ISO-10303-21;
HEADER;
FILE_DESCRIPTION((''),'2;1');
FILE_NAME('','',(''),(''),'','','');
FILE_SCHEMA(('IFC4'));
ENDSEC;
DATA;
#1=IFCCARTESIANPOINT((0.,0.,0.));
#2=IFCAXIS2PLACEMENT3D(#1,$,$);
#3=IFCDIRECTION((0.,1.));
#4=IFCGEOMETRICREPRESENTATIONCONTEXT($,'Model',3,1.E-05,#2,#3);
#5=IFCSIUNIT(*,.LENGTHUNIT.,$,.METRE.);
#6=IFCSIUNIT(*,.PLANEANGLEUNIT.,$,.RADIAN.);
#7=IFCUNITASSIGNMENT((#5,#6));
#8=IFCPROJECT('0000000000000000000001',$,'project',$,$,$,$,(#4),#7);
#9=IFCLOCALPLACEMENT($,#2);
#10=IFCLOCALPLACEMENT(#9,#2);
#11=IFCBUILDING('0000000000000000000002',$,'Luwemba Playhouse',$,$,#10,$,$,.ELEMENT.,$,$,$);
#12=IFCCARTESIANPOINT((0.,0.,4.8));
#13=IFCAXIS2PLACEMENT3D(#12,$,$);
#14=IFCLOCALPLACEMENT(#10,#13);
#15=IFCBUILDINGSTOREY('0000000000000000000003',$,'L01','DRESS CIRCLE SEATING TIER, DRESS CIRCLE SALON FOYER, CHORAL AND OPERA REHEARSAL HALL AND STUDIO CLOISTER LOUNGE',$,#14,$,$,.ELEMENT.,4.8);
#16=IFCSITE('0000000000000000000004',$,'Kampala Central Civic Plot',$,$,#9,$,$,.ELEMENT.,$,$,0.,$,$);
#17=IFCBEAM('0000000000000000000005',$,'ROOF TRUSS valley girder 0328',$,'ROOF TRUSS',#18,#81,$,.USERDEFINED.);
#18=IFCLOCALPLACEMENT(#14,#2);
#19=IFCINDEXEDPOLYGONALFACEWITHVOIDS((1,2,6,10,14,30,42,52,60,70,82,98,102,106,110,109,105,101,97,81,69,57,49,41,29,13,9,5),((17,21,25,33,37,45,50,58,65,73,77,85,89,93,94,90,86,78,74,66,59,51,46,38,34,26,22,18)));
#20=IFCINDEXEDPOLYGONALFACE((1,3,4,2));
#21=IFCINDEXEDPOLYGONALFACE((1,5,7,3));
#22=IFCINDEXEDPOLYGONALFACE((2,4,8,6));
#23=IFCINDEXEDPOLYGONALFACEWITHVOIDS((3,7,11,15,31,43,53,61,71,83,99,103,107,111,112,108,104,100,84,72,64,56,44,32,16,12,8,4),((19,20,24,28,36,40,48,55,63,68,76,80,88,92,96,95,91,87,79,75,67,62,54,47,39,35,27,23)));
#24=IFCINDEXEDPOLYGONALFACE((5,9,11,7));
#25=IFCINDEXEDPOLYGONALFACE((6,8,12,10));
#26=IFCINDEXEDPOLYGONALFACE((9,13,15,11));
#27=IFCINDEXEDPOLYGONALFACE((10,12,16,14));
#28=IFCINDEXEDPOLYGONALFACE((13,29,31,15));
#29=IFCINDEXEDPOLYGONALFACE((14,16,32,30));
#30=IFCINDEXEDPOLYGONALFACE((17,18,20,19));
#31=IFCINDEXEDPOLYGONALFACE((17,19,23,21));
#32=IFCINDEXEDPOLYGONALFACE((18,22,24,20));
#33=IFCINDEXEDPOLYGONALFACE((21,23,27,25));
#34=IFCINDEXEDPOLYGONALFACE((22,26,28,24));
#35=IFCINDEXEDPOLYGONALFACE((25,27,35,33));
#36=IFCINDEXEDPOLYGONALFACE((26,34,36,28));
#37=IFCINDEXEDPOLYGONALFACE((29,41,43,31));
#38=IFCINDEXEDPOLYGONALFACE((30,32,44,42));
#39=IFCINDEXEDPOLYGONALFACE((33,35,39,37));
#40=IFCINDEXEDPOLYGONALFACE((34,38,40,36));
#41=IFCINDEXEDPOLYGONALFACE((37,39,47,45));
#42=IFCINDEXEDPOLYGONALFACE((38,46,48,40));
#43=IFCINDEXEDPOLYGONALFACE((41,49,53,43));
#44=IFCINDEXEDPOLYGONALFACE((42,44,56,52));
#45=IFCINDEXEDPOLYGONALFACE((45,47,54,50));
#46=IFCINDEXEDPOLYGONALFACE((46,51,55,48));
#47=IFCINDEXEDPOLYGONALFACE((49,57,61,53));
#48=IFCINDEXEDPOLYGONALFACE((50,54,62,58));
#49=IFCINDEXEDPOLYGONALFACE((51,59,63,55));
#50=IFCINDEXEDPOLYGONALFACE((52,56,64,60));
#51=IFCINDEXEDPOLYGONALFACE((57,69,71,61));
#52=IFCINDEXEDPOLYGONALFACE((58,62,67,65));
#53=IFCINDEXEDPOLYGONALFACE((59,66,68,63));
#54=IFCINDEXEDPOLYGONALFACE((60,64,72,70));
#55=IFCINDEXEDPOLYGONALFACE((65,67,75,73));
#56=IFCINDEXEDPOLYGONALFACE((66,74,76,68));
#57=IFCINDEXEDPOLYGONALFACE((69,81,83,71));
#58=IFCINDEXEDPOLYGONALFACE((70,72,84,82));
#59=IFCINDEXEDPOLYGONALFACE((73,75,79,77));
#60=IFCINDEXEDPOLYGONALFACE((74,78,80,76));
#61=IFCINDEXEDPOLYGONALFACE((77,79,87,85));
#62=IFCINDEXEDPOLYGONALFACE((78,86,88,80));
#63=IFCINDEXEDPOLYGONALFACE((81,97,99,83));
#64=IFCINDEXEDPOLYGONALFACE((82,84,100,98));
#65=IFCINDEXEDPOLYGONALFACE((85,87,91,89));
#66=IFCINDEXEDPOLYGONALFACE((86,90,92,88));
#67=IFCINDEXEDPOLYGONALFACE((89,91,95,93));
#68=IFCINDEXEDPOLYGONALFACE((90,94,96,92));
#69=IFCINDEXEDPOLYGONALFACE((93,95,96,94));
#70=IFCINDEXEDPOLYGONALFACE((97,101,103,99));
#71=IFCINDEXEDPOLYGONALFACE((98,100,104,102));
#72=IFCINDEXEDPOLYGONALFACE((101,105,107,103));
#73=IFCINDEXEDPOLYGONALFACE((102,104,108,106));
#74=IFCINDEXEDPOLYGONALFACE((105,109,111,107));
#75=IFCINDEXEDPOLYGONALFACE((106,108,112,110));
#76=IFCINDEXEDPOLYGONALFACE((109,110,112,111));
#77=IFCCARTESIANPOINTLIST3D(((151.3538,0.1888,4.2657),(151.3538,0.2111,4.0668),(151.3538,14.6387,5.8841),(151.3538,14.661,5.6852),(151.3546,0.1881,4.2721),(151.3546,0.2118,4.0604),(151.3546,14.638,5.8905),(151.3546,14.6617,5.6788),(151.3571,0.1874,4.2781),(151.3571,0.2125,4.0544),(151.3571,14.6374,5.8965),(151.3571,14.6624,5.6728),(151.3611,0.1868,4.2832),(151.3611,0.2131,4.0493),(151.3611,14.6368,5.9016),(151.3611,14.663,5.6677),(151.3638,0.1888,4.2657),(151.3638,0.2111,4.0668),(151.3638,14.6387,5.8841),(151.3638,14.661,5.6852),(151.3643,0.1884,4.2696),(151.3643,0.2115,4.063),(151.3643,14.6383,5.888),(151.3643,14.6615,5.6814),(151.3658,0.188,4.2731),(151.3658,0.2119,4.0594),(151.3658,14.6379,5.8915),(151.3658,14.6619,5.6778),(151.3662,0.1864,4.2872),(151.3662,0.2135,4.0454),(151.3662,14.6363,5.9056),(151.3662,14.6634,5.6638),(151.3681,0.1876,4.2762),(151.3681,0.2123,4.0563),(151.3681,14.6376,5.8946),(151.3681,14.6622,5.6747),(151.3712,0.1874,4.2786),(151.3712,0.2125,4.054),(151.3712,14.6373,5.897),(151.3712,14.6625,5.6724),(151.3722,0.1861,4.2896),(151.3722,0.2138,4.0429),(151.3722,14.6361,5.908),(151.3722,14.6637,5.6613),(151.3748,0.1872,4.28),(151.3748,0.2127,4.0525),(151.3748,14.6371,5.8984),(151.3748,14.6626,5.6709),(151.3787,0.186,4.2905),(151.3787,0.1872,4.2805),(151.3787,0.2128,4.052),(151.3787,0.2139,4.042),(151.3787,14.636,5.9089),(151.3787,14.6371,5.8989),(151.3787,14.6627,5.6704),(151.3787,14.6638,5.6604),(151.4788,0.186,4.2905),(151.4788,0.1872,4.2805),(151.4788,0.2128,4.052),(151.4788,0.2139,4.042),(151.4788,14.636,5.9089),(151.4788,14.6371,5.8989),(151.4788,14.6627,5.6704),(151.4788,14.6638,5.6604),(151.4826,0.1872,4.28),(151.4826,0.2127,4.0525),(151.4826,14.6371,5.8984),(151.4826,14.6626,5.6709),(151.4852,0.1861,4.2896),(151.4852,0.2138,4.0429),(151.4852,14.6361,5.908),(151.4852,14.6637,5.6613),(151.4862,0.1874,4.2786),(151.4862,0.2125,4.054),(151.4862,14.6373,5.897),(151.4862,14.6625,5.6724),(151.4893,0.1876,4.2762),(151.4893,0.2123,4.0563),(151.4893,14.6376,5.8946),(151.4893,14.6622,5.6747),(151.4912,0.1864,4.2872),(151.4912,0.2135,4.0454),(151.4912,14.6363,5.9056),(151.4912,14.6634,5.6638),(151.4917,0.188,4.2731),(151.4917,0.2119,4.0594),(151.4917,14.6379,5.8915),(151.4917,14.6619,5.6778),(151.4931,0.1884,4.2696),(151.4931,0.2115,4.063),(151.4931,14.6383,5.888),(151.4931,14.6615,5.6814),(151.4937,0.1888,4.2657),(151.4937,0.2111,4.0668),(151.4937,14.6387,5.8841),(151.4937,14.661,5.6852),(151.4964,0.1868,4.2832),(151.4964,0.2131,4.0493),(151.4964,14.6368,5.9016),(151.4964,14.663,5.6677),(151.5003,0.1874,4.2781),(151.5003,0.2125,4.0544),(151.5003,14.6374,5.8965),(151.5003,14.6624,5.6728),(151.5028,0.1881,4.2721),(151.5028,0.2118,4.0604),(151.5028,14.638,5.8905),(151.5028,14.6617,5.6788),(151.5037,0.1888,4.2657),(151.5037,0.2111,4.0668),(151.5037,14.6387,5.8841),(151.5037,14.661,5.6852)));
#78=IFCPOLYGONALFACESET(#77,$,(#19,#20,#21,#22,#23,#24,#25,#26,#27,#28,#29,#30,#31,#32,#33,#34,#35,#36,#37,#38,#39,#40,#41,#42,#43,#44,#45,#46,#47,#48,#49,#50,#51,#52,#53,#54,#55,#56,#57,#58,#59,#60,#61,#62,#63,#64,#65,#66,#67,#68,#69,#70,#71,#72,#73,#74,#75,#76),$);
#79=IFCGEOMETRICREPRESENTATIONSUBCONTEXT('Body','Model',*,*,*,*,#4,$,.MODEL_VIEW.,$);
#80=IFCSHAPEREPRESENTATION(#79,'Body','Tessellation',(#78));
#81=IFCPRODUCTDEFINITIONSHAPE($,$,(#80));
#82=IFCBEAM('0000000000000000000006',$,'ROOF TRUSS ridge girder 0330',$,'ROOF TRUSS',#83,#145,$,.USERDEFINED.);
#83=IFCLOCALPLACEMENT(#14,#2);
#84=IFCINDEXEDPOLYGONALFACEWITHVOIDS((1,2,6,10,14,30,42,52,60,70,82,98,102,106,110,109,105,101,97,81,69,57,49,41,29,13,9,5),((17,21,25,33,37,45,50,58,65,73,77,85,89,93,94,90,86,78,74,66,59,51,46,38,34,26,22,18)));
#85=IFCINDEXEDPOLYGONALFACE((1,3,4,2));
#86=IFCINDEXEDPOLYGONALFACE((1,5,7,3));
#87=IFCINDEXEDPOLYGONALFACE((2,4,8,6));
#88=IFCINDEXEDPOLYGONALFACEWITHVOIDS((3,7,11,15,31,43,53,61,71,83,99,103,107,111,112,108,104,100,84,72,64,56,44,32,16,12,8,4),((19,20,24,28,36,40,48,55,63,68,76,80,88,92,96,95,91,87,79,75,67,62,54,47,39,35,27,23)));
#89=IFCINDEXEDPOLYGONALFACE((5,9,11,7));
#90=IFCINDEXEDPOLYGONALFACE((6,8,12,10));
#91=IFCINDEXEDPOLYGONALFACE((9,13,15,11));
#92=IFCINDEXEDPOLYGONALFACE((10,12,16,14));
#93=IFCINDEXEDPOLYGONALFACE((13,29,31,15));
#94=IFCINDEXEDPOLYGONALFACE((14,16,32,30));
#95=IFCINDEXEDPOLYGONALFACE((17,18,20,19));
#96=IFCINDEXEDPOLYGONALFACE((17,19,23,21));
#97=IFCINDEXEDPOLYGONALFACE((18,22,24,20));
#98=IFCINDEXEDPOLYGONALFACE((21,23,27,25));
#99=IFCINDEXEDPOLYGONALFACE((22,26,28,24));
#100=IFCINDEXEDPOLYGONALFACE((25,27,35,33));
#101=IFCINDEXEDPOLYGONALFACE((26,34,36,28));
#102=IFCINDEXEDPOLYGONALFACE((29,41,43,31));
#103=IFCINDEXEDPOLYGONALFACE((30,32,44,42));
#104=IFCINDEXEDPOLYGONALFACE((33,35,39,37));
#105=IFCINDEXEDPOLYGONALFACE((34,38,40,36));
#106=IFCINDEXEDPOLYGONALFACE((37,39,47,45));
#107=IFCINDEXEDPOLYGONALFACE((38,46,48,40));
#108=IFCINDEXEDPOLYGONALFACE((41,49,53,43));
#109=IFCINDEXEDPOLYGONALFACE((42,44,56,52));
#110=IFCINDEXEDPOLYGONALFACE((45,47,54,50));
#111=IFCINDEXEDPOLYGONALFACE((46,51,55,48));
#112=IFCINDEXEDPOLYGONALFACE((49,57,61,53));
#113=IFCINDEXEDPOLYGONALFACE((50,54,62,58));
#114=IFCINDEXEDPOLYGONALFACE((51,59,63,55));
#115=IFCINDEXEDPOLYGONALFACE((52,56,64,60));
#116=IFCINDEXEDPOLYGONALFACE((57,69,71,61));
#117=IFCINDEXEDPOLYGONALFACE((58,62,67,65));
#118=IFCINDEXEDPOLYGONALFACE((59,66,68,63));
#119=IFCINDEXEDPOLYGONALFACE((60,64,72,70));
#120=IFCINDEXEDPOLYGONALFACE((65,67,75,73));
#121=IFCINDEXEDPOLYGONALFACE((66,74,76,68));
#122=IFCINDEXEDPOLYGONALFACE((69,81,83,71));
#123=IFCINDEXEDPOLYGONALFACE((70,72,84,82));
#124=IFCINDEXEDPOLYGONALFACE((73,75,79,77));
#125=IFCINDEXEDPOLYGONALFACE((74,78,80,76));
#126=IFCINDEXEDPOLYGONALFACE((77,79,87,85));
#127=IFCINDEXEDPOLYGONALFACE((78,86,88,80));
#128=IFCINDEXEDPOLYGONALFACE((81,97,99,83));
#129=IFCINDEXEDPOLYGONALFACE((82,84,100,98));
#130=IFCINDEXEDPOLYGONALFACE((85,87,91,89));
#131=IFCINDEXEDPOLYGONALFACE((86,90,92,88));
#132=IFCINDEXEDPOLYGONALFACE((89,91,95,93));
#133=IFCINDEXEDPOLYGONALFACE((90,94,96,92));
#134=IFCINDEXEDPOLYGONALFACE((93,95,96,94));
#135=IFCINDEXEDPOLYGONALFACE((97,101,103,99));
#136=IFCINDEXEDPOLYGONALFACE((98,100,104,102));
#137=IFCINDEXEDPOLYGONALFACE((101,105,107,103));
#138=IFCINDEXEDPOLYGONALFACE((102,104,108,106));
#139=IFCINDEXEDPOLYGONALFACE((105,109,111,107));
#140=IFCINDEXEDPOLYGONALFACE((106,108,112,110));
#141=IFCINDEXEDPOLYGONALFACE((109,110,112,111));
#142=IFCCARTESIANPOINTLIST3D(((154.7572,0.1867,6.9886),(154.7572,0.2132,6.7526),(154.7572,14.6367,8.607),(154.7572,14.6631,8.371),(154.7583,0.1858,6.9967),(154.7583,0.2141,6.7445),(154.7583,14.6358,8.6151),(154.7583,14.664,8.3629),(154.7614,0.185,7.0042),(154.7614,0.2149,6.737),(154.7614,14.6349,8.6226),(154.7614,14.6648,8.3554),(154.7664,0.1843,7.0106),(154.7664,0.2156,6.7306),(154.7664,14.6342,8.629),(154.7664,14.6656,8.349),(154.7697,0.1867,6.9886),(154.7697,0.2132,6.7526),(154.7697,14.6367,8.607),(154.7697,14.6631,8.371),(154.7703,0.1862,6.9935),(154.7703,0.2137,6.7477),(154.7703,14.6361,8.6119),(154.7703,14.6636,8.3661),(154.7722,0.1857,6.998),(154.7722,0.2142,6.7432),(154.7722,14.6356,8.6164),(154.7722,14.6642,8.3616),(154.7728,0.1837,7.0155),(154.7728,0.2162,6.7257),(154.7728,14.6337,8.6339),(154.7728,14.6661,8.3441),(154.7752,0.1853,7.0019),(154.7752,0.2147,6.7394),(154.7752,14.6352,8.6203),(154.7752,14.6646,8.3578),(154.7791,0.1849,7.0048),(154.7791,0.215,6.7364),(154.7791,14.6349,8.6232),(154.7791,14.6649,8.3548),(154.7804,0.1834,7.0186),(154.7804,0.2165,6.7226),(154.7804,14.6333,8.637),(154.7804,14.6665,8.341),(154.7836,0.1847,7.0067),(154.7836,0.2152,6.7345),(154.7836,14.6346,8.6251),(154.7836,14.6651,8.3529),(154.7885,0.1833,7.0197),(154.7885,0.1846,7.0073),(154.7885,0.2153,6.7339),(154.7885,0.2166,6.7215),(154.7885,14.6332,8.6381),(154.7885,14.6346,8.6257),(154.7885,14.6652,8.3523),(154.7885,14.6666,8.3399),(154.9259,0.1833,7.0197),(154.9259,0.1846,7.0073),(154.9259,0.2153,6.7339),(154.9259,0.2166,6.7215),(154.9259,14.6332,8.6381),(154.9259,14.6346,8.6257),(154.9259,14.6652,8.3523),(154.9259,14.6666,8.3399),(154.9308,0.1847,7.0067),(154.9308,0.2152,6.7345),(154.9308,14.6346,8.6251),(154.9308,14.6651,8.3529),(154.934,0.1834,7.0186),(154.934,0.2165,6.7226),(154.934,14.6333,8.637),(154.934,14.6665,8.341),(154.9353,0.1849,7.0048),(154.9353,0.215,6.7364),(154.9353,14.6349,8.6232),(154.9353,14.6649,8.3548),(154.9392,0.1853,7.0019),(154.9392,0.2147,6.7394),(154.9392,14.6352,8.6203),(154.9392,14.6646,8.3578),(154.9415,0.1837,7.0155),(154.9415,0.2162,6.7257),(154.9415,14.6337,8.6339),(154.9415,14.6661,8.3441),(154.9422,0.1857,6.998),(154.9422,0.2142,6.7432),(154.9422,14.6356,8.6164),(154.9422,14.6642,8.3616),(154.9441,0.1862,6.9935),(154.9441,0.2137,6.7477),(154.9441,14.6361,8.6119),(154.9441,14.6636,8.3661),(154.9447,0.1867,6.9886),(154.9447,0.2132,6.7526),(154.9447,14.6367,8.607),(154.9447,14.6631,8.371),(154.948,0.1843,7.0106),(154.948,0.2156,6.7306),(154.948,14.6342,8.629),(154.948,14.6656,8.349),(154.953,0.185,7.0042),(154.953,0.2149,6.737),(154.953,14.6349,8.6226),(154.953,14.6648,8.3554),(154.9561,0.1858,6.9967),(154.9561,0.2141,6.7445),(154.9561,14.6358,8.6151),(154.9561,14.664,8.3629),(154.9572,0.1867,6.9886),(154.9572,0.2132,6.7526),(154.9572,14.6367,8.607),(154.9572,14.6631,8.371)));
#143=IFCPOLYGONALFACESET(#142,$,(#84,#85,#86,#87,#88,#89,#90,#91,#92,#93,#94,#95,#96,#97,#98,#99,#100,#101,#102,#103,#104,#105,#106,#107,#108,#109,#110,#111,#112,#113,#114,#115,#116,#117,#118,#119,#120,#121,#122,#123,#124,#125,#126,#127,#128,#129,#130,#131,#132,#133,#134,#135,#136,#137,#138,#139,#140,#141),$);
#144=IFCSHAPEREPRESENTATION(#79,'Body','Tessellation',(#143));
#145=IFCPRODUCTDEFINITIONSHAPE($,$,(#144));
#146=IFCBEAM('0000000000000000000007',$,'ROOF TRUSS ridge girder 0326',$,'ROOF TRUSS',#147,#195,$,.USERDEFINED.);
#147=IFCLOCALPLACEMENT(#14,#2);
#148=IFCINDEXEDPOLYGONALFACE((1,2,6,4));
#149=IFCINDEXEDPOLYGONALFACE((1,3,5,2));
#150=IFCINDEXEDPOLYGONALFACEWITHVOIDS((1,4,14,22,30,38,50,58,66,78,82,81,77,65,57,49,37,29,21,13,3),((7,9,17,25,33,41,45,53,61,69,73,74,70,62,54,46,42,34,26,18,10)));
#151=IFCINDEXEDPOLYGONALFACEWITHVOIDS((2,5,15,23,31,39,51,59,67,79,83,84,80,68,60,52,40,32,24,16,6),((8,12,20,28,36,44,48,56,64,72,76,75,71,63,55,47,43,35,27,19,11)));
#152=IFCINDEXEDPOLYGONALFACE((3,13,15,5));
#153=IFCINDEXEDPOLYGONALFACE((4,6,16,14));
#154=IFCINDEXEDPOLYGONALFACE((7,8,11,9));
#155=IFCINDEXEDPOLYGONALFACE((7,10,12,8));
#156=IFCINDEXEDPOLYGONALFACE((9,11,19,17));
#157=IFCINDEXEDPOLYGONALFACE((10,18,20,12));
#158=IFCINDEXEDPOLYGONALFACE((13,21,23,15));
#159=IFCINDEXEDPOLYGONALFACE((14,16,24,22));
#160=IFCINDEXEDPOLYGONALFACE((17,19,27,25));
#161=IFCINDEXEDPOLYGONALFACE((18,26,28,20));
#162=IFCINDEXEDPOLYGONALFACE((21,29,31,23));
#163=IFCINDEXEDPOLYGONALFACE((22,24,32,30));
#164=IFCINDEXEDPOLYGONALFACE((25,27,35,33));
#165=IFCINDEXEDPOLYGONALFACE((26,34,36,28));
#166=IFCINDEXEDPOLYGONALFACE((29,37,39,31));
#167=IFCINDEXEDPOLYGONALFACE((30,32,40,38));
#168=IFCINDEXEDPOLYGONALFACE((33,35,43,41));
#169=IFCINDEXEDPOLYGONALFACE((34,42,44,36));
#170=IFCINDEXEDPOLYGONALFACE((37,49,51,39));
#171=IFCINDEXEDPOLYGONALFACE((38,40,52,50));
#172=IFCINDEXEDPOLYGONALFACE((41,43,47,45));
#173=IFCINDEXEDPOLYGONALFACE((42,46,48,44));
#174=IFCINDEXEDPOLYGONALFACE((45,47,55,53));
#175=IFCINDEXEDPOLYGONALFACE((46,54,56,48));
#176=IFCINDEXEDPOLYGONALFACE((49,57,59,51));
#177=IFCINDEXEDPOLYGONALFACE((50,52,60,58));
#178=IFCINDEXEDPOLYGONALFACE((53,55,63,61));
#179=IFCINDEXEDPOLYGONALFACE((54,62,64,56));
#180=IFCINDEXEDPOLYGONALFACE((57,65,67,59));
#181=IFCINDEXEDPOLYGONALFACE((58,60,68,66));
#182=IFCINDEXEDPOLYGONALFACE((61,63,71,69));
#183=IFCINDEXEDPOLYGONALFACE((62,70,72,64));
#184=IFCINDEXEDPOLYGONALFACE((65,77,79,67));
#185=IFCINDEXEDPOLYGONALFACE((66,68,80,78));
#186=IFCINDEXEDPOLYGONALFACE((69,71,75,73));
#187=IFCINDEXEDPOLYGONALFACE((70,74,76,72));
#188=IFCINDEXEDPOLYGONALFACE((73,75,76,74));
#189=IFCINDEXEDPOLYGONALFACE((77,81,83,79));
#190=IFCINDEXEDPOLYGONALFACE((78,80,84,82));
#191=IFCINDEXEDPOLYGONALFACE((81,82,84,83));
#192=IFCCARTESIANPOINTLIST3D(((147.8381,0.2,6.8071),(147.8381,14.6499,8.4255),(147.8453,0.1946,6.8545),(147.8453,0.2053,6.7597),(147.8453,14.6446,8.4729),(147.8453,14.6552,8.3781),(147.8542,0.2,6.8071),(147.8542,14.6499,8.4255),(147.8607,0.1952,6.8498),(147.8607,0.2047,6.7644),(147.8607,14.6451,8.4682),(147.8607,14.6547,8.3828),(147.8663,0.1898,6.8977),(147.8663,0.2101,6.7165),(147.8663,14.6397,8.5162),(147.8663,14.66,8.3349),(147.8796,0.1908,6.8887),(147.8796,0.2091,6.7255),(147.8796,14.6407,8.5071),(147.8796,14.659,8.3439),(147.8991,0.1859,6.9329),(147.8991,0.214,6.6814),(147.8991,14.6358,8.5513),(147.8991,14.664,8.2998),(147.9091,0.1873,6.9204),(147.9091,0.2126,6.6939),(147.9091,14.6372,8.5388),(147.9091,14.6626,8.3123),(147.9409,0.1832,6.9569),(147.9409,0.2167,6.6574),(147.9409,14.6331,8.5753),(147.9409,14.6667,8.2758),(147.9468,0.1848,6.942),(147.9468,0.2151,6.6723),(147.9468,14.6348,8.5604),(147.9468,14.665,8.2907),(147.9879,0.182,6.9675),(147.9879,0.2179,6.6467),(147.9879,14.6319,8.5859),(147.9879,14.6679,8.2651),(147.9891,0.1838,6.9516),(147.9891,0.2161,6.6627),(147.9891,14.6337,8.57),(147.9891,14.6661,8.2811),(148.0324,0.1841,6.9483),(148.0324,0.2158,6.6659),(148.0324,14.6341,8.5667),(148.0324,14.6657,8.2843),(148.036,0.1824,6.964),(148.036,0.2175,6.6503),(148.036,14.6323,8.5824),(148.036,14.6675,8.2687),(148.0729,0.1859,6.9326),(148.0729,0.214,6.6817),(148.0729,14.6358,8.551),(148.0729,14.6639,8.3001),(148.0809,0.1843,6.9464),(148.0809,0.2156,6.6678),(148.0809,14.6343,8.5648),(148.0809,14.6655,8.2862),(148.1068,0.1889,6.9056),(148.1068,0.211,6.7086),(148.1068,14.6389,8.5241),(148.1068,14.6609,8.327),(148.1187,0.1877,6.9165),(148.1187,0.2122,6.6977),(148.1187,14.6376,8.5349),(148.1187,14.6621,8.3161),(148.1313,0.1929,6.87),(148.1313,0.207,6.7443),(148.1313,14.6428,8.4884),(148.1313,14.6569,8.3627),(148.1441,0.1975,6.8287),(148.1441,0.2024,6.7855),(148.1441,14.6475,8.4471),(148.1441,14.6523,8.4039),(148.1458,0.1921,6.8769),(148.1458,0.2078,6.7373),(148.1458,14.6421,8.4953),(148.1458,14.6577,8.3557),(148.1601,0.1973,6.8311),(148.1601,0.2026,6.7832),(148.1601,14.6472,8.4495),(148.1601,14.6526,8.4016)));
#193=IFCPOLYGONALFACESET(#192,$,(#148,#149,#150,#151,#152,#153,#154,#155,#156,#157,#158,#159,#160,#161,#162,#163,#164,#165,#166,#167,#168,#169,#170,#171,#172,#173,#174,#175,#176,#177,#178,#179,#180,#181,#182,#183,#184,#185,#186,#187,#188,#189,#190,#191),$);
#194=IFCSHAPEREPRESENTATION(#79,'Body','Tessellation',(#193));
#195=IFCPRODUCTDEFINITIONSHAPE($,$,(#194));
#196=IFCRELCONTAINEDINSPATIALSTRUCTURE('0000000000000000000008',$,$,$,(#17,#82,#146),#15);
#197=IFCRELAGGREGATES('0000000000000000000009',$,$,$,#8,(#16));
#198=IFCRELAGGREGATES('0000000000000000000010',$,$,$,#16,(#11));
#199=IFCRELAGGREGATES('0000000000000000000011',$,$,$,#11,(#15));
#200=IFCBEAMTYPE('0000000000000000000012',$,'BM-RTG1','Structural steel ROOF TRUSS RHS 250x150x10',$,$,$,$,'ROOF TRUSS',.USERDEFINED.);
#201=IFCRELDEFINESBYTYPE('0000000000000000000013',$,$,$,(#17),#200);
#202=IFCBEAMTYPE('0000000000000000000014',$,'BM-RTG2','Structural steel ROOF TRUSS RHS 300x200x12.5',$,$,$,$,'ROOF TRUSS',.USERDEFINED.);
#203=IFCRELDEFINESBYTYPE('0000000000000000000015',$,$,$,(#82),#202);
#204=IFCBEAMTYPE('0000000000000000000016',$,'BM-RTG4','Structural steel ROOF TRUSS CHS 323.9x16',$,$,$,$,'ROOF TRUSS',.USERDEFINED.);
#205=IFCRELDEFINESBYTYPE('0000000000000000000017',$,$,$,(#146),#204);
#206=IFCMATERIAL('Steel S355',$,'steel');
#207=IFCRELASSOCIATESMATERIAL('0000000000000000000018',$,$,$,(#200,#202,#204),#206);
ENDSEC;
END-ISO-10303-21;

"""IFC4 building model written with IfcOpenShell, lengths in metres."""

from ifc_helpers import new_model, si_unit, direction, frame, origin, origin_2d, place, context, subcontext, project, spatial, hollow_rectangle, hollow_circle, extrude, material, material_profile, profile_set, type_object, element, save


model = new_model("IFC4")

# Units and contexts
model_context = context("Model", 3, precision=1e-05, world=origin(), true_north=direction((0.0, 1.0)))
body_context = subcontext(model_context, "Body", "Model", "MODEL_VIEW")
ifc_project = project(units=[si_unit("LENGTHUNIT", "METRE"), si_unit("PLANEANGLEUNIT", "RADIAN")], contexts=[model_context])

# Site, building, storey
site_placement = place(None, origin())
site = spatial("IfcSite", under=ifc_project, at=site_placement, Name="Kampala Central Civic Plot", CompositionType="ELEMENT", RefElevation=0.0)
building_placement = place(site_placement, origin())
building = spatial("IfcBuilding", under=site, at=building_placement, Name="Luwemba Playhouse", CompositionType="ELEMENT")
storey_placement = place(building_placement, frame((0.0, 0.0, 4.8)))
storey = spatial("IfcBuildingStorey", under=building, at=storey_placement, Name="L01", Description="DRESS CIRCLE SEATING TIER, DRESS CIRCLE SALON FOYER, CHORAL AND OPERA REHEARSAL HALL AND STUDIO CLOISTER LOUNGE", CompositionType="ELEMENT", Elevation=4.8)

# Beams
ifc_material_1 = material(Name="Steel S355", Category="steel")
ifc_material_profile_1 = material_profile(ifc_material_1, hollow_rectangle(XDim=0.1499, YDim=0.25, WallThickness=0.01, InnerFilletRadius=0.0149, OuterFilletRadius=0.0249, at=origin_2d()))
ifc_profile_set_1 = profile_set([ifc_material_profile_1], Name="Steel S355")
beam_type_1 = type_object("IfcBeamType", Name="BM-RTG1", Description="Structural steel ROOF TRUSS RHS 250x150x10", ElementType="ROOF TRUSS", PredefinedType="USERDEFINED", material=ifc_profile_set_1)
beam_1_placement = place(storey_placement, frame((151.4287, 0.2, 4.1663), z_axis=(0.0, 0.993786, 0.111305), x_axis=(-1.0, 0.0, 0.0)))
element("IfcBeam", 1, at=beam_1_placement, inside=storey, type_object=beam_type_1, Name="ROOF TRUSS valley girder 0328", ObjectType="ROOF TRUSS", PredefinedType="USERDEFINED", context=body_context, shape_type="SweptSolid", body=[
    extrude(hollow_rectangle(XDim=0.1499, YDim=0.25, WallThickness=0.01, InnerFilletRadius=0.0149, OuterFilletRadius=0.0249, at=origin_2d()), origin(), (0.0, 0.0, 1.0), 14.5403),
])
ifc_material_profile_2 = material_profile(ifc_material_1, hollow_rectangle(XDim=0.2, YDim=0.3, WallThickness=0.0125, InnerFilletRadius=0.0188, OuterFilletRadius=0.0312, at=origin_2d()))
ifc_profile_set_2 = profile_set([ifc_material_profile_2], Name="Steel S355")
beam_type_2 = type_object("IfcBeamType", Name="BM-RTG2", Description="Structural steel ROOF TRUSS RHS 300x200x12.5", ElementType="ROOF TRUSS", PredefinedType="USERDEFINED", material=ifc_profile_set_2)
beam_2_placement = place(storey_placement, frame((154.8572, 0.2, 6.8706), z_axis=(0.0, 0.993786, 0.111305), x_axis=(-1.0, 0.0, 0.0)))
element("IfcBeam", 2, at=beam_2_placement, inside=storey, type_object=beam_type_2, Name="ROOF TRUSS ridge girder 0330", ObjectType="ROOF TRUSS", PredefinedType="USERDEFINED", context=body_context, shape_type="SweptSolid", body=[
    extrude(hollow_rectangle(XDim=0.2, YDim=0.3, WallThickness=0.0125, InnerFilletRadius=0.0188, OuterFilletRadius=0.0312, at=origin_2d()), origin(), (0.0, 0.0, 1.0), 14.5403),
])
ifc_material_profile_3 = material_profile(ifc_material_1, hollow_circle(Radius=0.1619, WallThickness=0.0161, at=origin_2d()))
ifc_profile_set_3 = profile_set([ifc_material_profile_3], Name="Steel S355")
beam_type_3 = type_object("IfcBeamType", Name="BM-RTG4", Description="Structural steel ROOF TRUSS CHS 323.9x16", ElementType="ROOF TRUSS", PredefinedType="USERDEFINED", material=ifc_profile_set_3)
beam_3_placement = place(storey_placement, frame((148.0, 0.2, 6.8071), z_axis=(0.0, 0.993786, 0.111305), x_axis=(-1.0, 0.0, 0.0)))
element("IfcBeam", 3, at=beam_3_placement, inside=storey, type_object=beam_type_3, Name="ROOF TRUSS ridge girder 0326", ObjectType="ROOF TRUSS", PredefinedType="USERDEFINED", context=body_context, shape_type="SweptSolid", body=[
    extrude(hollow_circle(Radius=0.1619, WallThickness=0.0161, at=origin_2d()), origin(), (0.0, 0.0, 1.0), 14.5403),
])

save(model, "model.ifc")
